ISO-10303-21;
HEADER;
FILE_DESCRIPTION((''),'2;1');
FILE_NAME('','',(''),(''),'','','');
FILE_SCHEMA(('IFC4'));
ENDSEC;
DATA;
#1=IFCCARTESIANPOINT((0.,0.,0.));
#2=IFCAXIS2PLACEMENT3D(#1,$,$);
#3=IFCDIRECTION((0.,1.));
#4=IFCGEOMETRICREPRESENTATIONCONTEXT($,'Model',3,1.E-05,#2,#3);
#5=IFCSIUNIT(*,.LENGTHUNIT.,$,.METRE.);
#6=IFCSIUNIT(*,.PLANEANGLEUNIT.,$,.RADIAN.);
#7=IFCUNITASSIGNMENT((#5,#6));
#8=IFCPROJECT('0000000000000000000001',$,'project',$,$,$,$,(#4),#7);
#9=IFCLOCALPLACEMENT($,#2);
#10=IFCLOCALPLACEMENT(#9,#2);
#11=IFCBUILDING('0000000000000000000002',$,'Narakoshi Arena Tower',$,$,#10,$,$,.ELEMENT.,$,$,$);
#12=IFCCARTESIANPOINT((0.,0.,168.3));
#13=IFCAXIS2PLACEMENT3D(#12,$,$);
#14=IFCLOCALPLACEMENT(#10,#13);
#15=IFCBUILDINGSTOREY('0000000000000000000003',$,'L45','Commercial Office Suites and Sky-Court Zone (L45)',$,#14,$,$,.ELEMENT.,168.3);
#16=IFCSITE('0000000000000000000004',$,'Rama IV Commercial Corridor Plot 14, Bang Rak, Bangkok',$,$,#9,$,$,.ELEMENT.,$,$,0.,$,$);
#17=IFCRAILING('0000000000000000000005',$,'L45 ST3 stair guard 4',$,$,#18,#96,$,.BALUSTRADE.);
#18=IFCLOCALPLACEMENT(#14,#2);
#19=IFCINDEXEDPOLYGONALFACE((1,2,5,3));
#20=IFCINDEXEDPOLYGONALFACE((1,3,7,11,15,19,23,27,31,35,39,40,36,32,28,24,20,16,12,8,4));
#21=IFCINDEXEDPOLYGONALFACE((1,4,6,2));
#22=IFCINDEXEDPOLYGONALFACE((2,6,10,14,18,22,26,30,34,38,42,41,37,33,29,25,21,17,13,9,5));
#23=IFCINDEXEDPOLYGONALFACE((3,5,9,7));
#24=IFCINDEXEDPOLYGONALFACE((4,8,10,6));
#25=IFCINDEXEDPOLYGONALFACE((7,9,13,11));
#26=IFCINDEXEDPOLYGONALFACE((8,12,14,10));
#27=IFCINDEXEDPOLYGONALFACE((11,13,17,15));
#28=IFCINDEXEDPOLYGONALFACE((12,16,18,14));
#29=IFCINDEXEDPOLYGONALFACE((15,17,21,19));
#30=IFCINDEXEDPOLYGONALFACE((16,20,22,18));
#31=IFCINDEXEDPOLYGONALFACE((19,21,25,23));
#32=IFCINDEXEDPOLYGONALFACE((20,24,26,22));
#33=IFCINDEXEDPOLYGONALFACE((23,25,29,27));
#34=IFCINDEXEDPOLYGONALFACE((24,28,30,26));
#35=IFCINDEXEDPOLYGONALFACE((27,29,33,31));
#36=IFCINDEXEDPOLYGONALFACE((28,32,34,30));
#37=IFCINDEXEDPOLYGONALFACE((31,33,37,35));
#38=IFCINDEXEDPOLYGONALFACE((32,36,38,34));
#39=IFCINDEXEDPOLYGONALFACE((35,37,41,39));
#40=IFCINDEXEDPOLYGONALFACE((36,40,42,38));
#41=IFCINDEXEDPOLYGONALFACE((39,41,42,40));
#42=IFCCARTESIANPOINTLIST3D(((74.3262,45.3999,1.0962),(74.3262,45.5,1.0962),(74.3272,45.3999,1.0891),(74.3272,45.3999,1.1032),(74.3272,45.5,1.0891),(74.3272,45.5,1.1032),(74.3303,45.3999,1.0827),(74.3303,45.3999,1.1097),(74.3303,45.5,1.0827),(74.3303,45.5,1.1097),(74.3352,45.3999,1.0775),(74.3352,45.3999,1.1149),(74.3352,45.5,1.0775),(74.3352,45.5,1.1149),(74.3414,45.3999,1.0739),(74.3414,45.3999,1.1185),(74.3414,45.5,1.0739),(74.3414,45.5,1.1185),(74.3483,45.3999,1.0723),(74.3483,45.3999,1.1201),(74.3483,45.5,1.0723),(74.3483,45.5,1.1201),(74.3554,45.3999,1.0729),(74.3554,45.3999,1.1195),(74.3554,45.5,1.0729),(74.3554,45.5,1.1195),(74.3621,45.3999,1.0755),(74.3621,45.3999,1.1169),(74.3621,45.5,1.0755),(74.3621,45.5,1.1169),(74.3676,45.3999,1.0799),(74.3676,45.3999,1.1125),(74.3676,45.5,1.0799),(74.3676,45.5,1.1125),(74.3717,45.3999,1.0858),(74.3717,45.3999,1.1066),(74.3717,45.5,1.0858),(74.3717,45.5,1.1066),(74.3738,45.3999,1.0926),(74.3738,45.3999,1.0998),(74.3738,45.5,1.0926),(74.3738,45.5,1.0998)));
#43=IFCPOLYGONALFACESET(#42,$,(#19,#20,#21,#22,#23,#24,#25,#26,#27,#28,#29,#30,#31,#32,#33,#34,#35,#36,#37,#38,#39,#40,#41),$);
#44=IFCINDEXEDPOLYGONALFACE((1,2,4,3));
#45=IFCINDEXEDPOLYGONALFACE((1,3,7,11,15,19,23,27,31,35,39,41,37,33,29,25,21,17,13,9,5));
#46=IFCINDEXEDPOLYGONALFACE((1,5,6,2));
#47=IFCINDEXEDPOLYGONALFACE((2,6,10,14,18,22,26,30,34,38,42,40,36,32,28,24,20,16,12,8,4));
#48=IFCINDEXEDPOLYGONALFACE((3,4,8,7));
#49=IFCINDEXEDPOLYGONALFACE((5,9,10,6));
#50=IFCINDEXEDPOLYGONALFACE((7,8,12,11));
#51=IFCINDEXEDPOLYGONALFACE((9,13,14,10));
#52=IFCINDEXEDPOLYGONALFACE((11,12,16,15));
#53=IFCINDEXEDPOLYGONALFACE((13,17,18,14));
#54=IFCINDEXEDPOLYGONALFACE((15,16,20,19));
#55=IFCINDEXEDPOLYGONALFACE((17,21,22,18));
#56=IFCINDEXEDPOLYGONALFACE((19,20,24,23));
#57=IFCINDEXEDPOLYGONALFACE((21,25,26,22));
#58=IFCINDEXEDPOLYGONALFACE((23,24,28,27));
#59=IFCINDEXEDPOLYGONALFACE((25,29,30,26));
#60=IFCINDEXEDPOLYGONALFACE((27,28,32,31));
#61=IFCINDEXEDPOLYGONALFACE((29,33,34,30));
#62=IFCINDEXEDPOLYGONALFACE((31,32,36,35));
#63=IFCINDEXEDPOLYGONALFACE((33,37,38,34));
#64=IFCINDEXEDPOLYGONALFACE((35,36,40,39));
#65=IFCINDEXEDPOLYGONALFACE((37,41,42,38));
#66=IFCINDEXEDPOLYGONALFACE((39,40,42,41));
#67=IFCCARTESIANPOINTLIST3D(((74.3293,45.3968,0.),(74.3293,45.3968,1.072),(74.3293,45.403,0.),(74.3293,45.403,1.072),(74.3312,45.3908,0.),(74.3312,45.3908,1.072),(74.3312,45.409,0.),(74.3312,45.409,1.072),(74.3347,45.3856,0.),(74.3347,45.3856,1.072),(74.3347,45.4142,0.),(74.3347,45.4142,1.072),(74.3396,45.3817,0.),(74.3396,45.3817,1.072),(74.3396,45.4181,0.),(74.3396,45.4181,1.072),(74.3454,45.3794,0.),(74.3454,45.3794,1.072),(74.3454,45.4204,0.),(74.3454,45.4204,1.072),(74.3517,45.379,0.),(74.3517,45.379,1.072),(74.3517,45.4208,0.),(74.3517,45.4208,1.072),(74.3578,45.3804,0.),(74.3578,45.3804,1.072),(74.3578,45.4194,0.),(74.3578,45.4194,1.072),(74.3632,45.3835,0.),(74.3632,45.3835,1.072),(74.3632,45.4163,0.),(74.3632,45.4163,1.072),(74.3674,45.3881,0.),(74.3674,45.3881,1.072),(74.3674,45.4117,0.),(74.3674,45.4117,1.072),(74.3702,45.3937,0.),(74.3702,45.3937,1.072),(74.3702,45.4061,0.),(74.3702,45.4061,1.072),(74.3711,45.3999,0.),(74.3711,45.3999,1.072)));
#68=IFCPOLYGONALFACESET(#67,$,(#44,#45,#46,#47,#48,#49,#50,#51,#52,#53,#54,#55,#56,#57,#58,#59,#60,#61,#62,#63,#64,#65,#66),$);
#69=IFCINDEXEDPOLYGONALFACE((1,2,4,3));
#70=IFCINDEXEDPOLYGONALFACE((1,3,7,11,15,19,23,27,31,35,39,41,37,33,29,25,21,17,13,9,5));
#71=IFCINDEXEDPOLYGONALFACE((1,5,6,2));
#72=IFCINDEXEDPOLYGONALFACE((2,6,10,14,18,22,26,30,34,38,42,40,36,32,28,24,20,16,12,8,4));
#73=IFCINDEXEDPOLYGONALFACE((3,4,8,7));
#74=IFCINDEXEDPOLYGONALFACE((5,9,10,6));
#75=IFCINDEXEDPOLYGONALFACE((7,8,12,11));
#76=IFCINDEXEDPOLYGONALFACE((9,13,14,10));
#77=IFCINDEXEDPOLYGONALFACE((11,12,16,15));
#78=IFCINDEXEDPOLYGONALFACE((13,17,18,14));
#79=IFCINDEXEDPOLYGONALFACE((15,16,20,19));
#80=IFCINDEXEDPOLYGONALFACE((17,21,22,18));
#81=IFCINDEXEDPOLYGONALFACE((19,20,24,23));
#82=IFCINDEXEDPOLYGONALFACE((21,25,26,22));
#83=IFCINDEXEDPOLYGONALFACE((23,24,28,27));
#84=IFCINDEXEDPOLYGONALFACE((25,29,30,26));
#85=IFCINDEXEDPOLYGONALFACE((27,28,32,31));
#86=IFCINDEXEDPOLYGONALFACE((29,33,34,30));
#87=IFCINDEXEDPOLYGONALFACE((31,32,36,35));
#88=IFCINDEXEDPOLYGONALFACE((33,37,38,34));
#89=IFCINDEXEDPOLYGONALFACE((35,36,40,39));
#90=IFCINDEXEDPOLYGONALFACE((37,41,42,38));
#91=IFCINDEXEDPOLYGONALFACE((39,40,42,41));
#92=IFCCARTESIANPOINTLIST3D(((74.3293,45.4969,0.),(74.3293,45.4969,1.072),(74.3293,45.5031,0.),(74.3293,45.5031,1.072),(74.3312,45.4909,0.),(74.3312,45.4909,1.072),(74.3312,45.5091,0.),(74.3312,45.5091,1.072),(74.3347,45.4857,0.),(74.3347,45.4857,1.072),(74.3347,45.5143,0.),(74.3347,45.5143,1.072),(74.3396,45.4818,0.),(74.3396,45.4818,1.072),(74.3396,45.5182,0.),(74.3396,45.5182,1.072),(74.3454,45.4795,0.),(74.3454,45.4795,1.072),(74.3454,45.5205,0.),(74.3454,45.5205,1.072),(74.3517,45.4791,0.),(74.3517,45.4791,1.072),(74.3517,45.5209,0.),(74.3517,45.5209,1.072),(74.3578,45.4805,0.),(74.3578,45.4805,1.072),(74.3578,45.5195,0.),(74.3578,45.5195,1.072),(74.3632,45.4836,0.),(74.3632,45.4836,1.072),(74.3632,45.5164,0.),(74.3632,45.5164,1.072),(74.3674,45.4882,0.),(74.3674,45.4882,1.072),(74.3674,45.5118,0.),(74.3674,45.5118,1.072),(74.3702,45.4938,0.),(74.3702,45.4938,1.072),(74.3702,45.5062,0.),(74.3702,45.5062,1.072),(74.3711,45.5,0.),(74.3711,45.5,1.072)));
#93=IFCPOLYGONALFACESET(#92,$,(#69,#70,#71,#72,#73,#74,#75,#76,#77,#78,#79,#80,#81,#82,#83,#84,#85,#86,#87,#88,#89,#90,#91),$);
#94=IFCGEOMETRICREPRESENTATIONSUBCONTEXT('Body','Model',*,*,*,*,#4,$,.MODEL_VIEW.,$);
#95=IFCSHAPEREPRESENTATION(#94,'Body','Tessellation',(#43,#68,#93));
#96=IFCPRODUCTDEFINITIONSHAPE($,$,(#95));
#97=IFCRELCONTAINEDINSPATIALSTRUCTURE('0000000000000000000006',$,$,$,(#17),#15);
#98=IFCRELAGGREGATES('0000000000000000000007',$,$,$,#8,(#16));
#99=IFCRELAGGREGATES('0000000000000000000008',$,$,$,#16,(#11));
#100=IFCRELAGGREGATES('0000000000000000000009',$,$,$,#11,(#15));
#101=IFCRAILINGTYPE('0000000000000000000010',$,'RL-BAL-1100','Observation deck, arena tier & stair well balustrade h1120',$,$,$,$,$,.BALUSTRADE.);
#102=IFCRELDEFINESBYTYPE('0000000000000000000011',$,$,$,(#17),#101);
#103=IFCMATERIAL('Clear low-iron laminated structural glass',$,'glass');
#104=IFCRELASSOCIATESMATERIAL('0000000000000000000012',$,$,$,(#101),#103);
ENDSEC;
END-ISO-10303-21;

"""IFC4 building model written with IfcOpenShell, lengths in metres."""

from ifc_helpers import new_model, si_unit, direction, frame, origin, origin_2d, place, context, subcontext, project, spatial, circle, extrude, material, type_object, element, save


model = new_model("IFC4")

# Units and contexts
model_context = context("Model", 3, precision=1e-05, world=origin(), true_north=direction((0.0, 1.0)))
body_context = subcontext(model_context, "Body", "Model", "MODEL_VIEW")
ifc_project = project(units=[si_unit("LENGTHUNIT", "METRE"), si_unit("PLANEANGLEUNIT", "RADIAN")], contexts=[model_context])

# Site, building, storey
site_placement = place(None, origin())
site = spatial("IfcSite", under=ifc_project, at=site_placement, Name="Rama IV Commercial Corridor Plot 14, Bang Rak, Bangkok", CompositionType="ELEMENT", RefElevation=0.0)
building_placement = place(site_placement, origin())
building = spatial("IfcBuilding", under=site, at=building_placement, Name="Narakoshi Arena Tower", CompositionType="ELEMENT")
storey_placement = place(building_placement, frame((0.0, 0.0, 168.3)))
storey = spatial("IfcBuildingStorey", under=building, at=storey_placement, Name="L45", Description="Commercial Office Suites and Sky-Court Zone (L45)", CompositionType="ELEMENT", Elevation=168.3)

# Railing
ifc_material_1 = material(Name="Clear low-iron laminated structural glass", Category="glass")
railing_type_1 = type_object("IfcRailingType", Name="RL-BAL-1100", Description="Observation deck, arena tier & stair well balustrade h1120", PredefinedType="BALUSTRADE", material=ifc_material_1)
for number, where, name in (
    (1, (74.3501, 45.3999, 0.0), "L45 ST3 stair guard 4"),
):
    element("IfcRailing", number, at=place(storey_placement, frame(where)), inside=storey, type_object=railing_type_1, Name=name, PredefinedType="BALUSTRADE", context=body_context, shape_type="SweptSolid", body=[
        extrude(circle(Radius=0.0239, at=origin_2d()), frame((0.0, 0.0, 1.0962), z_axis=(0.0, 1.0, 0.0), x_axis=(-1.0, 0.0, 0.0)), (0.0, 0.0, 1.0), 0.1001),
        extrude(circle(Radius=0.021, at=origin_2d()), origin(), (0.0, 0.0, 1.0), 1.072),
        extrude(circle(Radius=0.021, at=origin_2d()), frame((0.0, 0.1001, 0.0)), (0.0, 0.0, 1.0), 1.072),
    ])

save(model, "model.ifc")
